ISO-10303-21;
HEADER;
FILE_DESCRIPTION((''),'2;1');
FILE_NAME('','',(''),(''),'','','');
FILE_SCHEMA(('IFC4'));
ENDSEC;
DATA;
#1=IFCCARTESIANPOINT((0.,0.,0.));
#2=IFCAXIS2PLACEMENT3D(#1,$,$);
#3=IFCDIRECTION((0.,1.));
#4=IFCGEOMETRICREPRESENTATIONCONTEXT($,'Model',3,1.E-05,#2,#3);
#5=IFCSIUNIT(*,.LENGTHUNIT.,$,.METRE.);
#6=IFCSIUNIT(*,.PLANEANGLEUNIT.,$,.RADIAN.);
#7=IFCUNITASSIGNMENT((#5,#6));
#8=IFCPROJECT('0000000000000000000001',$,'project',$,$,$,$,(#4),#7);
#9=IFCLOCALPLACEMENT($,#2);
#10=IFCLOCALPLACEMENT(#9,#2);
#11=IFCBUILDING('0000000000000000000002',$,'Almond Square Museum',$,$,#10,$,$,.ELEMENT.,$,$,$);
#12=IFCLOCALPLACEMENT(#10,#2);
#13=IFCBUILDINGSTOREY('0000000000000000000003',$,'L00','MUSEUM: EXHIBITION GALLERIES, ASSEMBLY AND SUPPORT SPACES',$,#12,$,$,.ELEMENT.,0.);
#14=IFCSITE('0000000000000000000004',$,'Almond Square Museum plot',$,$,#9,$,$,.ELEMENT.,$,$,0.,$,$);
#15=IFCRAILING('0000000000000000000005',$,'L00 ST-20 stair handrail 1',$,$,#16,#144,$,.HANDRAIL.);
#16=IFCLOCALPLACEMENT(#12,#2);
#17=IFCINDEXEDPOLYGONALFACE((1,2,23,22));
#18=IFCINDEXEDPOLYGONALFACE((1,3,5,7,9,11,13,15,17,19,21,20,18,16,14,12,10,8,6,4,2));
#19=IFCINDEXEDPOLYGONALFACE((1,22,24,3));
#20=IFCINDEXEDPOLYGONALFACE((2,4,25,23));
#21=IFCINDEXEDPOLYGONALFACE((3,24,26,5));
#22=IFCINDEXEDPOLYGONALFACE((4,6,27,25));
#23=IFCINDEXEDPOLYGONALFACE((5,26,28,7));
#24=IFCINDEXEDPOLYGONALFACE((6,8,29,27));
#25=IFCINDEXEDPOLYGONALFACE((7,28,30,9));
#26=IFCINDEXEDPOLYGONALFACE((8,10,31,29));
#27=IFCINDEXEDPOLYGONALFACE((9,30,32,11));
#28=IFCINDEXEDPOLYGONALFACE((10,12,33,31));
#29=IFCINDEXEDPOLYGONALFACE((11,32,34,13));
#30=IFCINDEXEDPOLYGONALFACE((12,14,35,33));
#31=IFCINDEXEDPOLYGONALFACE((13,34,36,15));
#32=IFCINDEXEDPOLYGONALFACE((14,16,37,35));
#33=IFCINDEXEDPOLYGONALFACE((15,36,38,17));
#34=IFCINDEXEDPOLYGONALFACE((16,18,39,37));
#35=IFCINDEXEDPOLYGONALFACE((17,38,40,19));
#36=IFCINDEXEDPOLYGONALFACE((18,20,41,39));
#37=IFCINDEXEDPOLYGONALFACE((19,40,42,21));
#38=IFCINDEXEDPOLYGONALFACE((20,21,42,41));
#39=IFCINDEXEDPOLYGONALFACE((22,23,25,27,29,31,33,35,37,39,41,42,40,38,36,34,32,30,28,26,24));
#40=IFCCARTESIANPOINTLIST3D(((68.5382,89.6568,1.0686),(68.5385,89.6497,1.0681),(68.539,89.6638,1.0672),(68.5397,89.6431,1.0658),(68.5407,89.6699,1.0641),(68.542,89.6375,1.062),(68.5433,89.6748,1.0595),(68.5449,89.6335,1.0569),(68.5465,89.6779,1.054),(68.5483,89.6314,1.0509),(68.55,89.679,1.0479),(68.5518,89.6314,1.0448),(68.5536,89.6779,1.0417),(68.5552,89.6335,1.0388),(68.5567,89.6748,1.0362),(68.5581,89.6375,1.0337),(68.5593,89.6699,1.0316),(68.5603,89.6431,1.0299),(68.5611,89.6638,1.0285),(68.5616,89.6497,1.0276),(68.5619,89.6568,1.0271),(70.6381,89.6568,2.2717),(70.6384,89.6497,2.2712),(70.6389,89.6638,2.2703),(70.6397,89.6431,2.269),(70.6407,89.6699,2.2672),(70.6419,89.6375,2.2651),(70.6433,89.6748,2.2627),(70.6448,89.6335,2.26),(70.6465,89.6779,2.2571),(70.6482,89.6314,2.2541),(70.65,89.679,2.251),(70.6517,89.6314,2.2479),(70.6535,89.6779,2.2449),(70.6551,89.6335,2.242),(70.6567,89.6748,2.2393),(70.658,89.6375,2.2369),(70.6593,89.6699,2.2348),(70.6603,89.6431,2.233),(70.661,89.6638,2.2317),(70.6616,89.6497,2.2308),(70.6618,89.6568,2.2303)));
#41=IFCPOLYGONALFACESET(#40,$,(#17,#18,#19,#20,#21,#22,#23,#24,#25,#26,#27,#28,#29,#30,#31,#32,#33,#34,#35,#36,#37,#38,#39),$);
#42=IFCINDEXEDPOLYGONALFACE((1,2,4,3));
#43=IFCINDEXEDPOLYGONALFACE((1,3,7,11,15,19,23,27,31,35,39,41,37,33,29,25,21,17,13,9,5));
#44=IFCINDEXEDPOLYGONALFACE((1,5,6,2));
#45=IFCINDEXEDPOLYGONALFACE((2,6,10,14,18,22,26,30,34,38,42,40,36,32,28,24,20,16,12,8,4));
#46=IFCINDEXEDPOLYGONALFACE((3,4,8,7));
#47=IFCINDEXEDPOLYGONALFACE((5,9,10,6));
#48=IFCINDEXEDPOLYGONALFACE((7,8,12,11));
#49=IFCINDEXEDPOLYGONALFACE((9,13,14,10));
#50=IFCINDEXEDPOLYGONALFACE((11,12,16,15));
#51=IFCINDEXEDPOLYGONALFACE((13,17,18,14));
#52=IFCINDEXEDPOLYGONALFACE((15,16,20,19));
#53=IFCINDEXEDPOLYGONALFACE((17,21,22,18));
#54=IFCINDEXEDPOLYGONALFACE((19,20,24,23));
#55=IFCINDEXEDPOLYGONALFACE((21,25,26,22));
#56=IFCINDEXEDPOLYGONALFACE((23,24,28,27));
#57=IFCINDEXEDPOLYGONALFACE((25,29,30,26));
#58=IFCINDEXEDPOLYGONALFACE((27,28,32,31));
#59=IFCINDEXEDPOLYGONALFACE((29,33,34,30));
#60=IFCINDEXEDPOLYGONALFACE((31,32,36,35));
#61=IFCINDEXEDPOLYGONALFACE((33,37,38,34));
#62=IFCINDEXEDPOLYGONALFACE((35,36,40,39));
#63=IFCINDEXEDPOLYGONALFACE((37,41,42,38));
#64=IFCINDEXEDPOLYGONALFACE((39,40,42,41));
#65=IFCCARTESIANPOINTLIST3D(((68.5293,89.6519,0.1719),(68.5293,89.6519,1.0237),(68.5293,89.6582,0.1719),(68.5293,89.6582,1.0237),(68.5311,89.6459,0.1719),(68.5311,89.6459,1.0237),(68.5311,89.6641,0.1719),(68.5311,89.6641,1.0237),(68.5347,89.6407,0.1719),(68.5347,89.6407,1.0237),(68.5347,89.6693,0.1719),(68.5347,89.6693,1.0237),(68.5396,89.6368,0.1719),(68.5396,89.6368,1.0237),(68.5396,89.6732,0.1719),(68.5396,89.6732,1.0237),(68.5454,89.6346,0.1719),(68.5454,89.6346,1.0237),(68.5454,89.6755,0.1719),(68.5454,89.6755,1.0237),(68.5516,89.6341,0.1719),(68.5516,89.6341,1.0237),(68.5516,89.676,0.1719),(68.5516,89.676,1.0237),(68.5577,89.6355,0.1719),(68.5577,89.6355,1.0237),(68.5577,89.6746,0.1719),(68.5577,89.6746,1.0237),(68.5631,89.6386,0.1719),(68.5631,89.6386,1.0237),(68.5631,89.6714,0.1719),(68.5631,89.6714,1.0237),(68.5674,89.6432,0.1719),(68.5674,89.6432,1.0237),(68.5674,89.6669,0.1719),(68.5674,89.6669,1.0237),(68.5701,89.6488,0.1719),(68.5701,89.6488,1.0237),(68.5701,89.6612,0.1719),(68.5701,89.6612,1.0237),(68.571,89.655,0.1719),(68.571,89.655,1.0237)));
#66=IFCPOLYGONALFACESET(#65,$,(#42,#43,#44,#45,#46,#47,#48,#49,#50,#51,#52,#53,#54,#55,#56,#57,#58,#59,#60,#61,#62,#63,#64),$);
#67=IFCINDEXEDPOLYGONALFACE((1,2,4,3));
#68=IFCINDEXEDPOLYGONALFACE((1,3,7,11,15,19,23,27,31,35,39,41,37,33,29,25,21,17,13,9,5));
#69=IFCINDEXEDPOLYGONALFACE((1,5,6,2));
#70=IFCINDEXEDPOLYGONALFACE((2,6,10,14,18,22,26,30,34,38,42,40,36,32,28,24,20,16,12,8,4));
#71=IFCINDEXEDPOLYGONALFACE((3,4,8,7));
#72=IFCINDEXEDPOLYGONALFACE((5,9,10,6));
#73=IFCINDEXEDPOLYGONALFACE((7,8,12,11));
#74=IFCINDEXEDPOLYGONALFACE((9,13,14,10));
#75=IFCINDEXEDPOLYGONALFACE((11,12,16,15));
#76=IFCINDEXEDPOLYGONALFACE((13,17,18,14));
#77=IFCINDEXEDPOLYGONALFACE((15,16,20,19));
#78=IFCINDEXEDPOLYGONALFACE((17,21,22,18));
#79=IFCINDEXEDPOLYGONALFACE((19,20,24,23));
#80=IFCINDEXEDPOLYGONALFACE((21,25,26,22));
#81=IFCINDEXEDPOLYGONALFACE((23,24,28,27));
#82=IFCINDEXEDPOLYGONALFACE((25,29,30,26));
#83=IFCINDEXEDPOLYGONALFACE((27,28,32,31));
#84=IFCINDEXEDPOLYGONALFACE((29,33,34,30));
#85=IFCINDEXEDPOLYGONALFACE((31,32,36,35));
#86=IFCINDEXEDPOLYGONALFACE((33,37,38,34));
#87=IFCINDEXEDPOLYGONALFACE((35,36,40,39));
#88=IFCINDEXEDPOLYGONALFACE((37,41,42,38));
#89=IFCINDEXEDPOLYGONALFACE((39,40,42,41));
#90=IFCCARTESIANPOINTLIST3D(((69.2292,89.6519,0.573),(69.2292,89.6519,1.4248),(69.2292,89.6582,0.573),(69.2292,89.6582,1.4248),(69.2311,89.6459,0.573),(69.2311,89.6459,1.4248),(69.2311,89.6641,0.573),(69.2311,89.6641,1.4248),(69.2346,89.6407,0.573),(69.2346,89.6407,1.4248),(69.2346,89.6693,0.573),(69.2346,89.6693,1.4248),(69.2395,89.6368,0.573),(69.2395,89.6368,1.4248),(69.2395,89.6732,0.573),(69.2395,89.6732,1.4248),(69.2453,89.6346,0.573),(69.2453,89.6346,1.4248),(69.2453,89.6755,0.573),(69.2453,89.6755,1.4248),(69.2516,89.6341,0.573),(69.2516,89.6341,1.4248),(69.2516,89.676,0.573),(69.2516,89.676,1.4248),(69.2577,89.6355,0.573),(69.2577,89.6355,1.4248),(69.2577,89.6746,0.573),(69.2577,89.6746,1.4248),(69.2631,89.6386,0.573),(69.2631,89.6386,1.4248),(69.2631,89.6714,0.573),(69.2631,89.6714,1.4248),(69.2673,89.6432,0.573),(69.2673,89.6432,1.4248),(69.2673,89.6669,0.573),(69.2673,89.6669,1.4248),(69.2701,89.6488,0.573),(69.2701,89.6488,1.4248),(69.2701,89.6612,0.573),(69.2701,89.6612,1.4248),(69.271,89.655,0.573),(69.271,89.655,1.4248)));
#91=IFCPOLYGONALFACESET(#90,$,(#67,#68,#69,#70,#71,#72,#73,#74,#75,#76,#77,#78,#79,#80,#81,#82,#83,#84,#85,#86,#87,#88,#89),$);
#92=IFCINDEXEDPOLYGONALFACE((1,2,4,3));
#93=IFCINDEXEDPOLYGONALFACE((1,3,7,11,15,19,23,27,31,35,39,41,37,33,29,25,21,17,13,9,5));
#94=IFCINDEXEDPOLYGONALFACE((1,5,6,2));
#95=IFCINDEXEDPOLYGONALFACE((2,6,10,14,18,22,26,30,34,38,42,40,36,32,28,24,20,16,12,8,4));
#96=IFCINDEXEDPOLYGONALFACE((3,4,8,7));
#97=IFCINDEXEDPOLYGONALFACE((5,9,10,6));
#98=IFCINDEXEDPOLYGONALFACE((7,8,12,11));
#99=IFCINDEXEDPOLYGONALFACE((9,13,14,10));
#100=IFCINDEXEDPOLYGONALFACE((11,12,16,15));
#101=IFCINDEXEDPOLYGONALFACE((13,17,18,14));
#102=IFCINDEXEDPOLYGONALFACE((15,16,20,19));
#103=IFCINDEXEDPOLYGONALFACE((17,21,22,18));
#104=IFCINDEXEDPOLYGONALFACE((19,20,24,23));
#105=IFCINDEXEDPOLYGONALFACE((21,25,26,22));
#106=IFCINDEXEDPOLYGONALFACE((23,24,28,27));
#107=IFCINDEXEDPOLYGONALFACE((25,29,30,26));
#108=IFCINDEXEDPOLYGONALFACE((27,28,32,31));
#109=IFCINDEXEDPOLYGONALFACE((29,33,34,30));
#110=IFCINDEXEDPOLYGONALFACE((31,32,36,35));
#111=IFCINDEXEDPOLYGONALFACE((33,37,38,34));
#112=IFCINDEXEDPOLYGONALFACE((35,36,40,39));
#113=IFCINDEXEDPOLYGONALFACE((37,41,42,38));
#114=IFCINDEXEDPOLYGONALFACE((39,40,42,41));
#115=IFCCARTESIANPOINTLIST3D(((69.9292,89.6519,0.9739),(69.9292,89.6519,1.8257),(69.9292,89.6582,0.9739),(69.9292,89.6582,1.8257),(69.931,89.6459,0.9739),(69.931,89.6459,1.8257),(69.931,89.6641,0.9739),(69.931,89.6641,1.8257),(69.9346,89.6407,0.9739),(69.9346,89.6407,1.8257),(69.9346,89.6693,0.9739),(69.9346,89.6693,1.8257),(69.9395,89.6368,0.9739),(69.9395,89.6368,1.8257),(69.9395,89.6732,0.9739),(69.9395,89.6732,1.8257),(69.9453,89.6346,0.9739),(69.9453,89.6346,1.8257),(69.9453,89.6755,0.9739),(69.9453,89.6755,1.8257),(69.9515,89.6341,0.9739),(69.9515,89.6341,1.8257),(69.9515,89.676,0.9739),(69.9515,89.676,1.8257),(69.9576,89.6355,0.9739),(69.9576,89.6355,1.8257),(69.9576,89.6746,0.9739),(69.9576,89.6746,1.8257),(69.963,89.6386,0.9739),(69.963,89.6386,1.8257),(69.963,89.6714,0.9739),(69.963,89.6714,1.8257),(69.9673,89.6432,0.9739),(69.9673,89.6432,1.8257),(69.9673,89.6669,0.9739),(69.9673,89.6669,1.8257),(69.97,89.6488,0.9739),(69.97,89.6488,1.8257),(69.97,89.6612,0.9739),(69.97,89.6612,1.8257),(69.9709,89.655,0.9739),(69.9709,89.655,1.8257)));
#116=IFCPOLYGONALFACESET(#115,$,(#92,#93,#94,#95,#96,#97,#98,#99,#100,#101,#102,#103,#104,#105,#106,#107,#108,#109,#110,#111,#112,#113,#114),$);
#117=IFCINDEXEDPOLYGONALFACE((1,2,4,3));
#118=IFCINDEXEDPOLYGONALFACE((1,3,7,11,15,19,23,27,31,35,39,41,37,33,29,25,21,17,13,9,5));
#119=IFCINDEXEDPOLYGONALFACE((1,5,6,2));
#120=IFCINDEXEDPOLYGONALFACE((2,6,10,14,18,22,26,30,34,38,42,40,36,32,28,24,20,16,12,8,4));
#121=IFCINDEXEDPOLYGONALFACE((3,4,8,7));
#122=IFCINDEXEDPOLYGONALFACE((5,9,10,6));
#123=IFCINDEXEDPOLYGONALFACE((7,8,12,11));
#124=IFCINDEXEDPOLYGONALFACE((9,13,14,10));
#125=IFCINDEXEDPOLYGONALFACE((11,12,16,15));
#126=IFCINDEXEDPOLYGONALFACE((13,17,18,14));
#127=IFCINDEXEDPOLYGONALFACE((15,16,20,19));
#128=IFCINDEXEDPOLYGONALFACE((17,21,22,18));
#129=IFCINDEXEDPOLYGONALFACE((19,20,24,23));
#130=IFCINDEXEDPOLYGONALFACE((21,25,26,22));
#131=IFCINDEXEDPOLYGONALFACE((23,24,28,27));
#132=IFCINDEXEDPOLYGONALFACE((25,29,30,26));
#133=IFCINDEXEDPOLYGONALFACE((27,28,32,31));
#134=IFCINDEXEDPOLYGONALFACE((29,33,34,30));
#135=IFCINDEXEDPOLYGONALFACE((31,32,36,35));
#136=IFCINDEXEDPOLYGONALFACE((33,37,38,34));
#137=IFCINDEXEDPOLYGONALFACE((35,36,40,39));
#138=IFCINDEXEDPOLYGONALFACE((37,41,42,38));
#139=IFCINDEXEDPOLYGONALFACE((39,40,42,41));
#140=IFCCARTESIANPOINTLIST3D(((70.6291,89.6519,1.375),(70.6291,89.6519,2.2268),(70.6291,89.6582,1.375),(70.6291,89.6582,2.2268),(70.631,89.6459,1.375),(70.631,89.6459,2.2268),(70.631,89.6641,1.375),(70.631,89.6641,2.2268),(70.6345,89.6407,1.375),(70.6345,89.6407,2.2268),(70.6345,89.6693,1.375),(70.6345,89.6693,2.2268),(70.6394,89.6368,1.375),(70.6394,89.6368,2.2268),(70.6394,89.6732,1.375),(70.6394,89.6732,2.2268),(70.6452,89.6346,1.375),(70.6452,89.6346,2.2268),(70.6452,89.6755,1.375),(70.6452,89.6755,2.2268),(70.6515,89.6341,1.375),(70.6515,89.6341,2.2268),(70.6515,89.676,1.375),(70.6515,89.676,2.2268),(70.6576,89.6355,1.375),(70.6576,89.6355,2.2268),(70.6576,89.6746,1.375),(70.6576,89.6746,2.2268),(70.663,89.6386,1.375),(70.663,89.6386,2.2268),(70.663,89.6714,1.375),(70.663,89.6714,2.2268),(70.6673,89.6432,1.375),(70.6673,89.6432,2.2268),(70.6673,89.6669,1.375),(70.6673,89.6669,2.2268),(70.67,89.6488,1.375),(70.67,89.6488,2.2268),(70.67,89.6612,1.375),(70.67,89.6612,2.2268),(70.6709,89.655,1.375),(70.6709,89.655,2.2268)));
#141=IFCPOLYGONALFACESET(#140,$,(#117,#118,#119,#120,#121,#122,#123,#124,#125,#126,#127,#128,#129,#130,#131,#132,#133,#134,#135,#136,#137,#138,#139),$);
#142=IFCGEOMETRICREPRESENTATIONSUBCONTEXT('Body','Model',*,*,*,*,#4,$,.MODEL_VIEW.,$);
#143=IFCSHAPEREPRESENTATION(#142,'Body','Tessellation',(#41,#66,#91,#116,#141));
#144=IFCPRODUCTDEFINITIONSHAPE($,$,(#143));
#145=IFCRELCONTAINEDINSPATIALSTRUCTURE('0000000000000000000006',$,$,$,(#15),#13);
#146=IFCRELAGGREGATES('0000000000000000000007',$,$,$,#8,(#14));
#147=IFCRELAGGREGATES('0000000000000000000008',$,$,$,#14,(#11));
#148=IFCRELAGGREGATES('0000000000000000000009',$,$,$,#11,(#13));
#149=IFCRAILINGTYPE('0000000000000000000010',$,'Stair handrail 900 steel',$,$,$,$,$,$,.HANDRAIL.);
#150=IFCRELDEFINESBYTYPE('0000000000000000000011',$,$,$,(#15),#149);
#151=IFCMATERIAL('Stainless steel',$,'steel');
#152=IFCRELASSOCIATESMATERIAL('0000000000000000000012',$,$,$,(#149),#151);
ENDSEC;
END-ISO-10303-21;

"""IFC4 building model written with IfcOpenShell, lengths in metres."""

from ifc_helpers import new_model, si_unit, direction, frame, origin, origin_2d, place, context, subcontext, project, spatial, circle, extrude, material, type_object, element, save


model = new_model("IFC4")

# Units and contexts
model_context = context("Model", 3, precision=1e-05, world=origin(), true_north=direction((0.0, 1.0)))
body_context = subcontext(model_context, "Body", "Model", "MODEL_VIEW")
ifc_project = project(units=[si_unit("LENGTHUNIT", "METRE"), si_unit("PLANEANGLEUNIT", "RADIAN")], contexts=[model_context])

# Site, building, storey
site_placement = place(None, origin())
site = spatial("IfcSite", under=ifc_project, at=site_placement, Name="Almond Square Museum plot", CompositionType="ELEMENT", RefElevation=0.0)
building_placement = place(site_placement, origin())
building = spatial("IfcBuilding", under=site, at=building_placement, Name="Almond Square Museum", CompositionType="ELEMENT")
storey_placement = place(building_placement, origin())
storey = spatial("IfcBuildingStorey", under=building, at=storey_placement, Name="L00", Description="MUSEUM: EXHIBITION GALLERIES, ASSEMBLY AND SUPPORT SPACES", CompositionType="ELEMENT", Elevation=0.0)

# Railing
ifc_material_1 = material(Name="Stainless steel", Category="steel")
railing_type_1 = type_object("IfcRailingType", Name="Stair handrail 900 steel", PredefinedType="HANDRAIL", material=ifc_material_1)
railing_1_placement = place(storey_placement, frame((68.55, 89.655, 0.1719)))
element("IfcRailing", 1, at=railing_1_placement, inside=storey, type_object=railing_type_1, Name="L00 ST-20 stair handrail 1", PredefinedType="HANDRAIL", context=body_context, shape_type="SweptSolid", body=[
    extrude(circle(Radius=0.0239, at=origin_2d()), frame((0.0, 0.0, 0.876), z_axis=(0.867671, 0.0, 0.497138), x_axis=(0.0, 1.0, 0.0)), (0.0, 0.0, 1.0), 2.4202),
    extrude(circle(Radius=0.021, at=origin_2d()), origin(), (0.0, 0.0, 1.0), 0.8518),
    extrude(circle(Radius=0.021, at=origin_2d()), frame((0.7, 0.0, 0.4011)), (0.0, 0.0, 1.0), 0.8518),
    extrude(circle(Radius=0.021, at=origin_2d()), frame((1.3999, 0.0, 0.802)), (0.0, 0.0, 1.0), 0.8518),
    extrude(circle(Radius=0.021, at=origin_2d()), frame((2.0999, 0.0, 1.2031)), (0.0, 0.0, 1.0), 0.8518),
])

save(model, "model.ifc")
